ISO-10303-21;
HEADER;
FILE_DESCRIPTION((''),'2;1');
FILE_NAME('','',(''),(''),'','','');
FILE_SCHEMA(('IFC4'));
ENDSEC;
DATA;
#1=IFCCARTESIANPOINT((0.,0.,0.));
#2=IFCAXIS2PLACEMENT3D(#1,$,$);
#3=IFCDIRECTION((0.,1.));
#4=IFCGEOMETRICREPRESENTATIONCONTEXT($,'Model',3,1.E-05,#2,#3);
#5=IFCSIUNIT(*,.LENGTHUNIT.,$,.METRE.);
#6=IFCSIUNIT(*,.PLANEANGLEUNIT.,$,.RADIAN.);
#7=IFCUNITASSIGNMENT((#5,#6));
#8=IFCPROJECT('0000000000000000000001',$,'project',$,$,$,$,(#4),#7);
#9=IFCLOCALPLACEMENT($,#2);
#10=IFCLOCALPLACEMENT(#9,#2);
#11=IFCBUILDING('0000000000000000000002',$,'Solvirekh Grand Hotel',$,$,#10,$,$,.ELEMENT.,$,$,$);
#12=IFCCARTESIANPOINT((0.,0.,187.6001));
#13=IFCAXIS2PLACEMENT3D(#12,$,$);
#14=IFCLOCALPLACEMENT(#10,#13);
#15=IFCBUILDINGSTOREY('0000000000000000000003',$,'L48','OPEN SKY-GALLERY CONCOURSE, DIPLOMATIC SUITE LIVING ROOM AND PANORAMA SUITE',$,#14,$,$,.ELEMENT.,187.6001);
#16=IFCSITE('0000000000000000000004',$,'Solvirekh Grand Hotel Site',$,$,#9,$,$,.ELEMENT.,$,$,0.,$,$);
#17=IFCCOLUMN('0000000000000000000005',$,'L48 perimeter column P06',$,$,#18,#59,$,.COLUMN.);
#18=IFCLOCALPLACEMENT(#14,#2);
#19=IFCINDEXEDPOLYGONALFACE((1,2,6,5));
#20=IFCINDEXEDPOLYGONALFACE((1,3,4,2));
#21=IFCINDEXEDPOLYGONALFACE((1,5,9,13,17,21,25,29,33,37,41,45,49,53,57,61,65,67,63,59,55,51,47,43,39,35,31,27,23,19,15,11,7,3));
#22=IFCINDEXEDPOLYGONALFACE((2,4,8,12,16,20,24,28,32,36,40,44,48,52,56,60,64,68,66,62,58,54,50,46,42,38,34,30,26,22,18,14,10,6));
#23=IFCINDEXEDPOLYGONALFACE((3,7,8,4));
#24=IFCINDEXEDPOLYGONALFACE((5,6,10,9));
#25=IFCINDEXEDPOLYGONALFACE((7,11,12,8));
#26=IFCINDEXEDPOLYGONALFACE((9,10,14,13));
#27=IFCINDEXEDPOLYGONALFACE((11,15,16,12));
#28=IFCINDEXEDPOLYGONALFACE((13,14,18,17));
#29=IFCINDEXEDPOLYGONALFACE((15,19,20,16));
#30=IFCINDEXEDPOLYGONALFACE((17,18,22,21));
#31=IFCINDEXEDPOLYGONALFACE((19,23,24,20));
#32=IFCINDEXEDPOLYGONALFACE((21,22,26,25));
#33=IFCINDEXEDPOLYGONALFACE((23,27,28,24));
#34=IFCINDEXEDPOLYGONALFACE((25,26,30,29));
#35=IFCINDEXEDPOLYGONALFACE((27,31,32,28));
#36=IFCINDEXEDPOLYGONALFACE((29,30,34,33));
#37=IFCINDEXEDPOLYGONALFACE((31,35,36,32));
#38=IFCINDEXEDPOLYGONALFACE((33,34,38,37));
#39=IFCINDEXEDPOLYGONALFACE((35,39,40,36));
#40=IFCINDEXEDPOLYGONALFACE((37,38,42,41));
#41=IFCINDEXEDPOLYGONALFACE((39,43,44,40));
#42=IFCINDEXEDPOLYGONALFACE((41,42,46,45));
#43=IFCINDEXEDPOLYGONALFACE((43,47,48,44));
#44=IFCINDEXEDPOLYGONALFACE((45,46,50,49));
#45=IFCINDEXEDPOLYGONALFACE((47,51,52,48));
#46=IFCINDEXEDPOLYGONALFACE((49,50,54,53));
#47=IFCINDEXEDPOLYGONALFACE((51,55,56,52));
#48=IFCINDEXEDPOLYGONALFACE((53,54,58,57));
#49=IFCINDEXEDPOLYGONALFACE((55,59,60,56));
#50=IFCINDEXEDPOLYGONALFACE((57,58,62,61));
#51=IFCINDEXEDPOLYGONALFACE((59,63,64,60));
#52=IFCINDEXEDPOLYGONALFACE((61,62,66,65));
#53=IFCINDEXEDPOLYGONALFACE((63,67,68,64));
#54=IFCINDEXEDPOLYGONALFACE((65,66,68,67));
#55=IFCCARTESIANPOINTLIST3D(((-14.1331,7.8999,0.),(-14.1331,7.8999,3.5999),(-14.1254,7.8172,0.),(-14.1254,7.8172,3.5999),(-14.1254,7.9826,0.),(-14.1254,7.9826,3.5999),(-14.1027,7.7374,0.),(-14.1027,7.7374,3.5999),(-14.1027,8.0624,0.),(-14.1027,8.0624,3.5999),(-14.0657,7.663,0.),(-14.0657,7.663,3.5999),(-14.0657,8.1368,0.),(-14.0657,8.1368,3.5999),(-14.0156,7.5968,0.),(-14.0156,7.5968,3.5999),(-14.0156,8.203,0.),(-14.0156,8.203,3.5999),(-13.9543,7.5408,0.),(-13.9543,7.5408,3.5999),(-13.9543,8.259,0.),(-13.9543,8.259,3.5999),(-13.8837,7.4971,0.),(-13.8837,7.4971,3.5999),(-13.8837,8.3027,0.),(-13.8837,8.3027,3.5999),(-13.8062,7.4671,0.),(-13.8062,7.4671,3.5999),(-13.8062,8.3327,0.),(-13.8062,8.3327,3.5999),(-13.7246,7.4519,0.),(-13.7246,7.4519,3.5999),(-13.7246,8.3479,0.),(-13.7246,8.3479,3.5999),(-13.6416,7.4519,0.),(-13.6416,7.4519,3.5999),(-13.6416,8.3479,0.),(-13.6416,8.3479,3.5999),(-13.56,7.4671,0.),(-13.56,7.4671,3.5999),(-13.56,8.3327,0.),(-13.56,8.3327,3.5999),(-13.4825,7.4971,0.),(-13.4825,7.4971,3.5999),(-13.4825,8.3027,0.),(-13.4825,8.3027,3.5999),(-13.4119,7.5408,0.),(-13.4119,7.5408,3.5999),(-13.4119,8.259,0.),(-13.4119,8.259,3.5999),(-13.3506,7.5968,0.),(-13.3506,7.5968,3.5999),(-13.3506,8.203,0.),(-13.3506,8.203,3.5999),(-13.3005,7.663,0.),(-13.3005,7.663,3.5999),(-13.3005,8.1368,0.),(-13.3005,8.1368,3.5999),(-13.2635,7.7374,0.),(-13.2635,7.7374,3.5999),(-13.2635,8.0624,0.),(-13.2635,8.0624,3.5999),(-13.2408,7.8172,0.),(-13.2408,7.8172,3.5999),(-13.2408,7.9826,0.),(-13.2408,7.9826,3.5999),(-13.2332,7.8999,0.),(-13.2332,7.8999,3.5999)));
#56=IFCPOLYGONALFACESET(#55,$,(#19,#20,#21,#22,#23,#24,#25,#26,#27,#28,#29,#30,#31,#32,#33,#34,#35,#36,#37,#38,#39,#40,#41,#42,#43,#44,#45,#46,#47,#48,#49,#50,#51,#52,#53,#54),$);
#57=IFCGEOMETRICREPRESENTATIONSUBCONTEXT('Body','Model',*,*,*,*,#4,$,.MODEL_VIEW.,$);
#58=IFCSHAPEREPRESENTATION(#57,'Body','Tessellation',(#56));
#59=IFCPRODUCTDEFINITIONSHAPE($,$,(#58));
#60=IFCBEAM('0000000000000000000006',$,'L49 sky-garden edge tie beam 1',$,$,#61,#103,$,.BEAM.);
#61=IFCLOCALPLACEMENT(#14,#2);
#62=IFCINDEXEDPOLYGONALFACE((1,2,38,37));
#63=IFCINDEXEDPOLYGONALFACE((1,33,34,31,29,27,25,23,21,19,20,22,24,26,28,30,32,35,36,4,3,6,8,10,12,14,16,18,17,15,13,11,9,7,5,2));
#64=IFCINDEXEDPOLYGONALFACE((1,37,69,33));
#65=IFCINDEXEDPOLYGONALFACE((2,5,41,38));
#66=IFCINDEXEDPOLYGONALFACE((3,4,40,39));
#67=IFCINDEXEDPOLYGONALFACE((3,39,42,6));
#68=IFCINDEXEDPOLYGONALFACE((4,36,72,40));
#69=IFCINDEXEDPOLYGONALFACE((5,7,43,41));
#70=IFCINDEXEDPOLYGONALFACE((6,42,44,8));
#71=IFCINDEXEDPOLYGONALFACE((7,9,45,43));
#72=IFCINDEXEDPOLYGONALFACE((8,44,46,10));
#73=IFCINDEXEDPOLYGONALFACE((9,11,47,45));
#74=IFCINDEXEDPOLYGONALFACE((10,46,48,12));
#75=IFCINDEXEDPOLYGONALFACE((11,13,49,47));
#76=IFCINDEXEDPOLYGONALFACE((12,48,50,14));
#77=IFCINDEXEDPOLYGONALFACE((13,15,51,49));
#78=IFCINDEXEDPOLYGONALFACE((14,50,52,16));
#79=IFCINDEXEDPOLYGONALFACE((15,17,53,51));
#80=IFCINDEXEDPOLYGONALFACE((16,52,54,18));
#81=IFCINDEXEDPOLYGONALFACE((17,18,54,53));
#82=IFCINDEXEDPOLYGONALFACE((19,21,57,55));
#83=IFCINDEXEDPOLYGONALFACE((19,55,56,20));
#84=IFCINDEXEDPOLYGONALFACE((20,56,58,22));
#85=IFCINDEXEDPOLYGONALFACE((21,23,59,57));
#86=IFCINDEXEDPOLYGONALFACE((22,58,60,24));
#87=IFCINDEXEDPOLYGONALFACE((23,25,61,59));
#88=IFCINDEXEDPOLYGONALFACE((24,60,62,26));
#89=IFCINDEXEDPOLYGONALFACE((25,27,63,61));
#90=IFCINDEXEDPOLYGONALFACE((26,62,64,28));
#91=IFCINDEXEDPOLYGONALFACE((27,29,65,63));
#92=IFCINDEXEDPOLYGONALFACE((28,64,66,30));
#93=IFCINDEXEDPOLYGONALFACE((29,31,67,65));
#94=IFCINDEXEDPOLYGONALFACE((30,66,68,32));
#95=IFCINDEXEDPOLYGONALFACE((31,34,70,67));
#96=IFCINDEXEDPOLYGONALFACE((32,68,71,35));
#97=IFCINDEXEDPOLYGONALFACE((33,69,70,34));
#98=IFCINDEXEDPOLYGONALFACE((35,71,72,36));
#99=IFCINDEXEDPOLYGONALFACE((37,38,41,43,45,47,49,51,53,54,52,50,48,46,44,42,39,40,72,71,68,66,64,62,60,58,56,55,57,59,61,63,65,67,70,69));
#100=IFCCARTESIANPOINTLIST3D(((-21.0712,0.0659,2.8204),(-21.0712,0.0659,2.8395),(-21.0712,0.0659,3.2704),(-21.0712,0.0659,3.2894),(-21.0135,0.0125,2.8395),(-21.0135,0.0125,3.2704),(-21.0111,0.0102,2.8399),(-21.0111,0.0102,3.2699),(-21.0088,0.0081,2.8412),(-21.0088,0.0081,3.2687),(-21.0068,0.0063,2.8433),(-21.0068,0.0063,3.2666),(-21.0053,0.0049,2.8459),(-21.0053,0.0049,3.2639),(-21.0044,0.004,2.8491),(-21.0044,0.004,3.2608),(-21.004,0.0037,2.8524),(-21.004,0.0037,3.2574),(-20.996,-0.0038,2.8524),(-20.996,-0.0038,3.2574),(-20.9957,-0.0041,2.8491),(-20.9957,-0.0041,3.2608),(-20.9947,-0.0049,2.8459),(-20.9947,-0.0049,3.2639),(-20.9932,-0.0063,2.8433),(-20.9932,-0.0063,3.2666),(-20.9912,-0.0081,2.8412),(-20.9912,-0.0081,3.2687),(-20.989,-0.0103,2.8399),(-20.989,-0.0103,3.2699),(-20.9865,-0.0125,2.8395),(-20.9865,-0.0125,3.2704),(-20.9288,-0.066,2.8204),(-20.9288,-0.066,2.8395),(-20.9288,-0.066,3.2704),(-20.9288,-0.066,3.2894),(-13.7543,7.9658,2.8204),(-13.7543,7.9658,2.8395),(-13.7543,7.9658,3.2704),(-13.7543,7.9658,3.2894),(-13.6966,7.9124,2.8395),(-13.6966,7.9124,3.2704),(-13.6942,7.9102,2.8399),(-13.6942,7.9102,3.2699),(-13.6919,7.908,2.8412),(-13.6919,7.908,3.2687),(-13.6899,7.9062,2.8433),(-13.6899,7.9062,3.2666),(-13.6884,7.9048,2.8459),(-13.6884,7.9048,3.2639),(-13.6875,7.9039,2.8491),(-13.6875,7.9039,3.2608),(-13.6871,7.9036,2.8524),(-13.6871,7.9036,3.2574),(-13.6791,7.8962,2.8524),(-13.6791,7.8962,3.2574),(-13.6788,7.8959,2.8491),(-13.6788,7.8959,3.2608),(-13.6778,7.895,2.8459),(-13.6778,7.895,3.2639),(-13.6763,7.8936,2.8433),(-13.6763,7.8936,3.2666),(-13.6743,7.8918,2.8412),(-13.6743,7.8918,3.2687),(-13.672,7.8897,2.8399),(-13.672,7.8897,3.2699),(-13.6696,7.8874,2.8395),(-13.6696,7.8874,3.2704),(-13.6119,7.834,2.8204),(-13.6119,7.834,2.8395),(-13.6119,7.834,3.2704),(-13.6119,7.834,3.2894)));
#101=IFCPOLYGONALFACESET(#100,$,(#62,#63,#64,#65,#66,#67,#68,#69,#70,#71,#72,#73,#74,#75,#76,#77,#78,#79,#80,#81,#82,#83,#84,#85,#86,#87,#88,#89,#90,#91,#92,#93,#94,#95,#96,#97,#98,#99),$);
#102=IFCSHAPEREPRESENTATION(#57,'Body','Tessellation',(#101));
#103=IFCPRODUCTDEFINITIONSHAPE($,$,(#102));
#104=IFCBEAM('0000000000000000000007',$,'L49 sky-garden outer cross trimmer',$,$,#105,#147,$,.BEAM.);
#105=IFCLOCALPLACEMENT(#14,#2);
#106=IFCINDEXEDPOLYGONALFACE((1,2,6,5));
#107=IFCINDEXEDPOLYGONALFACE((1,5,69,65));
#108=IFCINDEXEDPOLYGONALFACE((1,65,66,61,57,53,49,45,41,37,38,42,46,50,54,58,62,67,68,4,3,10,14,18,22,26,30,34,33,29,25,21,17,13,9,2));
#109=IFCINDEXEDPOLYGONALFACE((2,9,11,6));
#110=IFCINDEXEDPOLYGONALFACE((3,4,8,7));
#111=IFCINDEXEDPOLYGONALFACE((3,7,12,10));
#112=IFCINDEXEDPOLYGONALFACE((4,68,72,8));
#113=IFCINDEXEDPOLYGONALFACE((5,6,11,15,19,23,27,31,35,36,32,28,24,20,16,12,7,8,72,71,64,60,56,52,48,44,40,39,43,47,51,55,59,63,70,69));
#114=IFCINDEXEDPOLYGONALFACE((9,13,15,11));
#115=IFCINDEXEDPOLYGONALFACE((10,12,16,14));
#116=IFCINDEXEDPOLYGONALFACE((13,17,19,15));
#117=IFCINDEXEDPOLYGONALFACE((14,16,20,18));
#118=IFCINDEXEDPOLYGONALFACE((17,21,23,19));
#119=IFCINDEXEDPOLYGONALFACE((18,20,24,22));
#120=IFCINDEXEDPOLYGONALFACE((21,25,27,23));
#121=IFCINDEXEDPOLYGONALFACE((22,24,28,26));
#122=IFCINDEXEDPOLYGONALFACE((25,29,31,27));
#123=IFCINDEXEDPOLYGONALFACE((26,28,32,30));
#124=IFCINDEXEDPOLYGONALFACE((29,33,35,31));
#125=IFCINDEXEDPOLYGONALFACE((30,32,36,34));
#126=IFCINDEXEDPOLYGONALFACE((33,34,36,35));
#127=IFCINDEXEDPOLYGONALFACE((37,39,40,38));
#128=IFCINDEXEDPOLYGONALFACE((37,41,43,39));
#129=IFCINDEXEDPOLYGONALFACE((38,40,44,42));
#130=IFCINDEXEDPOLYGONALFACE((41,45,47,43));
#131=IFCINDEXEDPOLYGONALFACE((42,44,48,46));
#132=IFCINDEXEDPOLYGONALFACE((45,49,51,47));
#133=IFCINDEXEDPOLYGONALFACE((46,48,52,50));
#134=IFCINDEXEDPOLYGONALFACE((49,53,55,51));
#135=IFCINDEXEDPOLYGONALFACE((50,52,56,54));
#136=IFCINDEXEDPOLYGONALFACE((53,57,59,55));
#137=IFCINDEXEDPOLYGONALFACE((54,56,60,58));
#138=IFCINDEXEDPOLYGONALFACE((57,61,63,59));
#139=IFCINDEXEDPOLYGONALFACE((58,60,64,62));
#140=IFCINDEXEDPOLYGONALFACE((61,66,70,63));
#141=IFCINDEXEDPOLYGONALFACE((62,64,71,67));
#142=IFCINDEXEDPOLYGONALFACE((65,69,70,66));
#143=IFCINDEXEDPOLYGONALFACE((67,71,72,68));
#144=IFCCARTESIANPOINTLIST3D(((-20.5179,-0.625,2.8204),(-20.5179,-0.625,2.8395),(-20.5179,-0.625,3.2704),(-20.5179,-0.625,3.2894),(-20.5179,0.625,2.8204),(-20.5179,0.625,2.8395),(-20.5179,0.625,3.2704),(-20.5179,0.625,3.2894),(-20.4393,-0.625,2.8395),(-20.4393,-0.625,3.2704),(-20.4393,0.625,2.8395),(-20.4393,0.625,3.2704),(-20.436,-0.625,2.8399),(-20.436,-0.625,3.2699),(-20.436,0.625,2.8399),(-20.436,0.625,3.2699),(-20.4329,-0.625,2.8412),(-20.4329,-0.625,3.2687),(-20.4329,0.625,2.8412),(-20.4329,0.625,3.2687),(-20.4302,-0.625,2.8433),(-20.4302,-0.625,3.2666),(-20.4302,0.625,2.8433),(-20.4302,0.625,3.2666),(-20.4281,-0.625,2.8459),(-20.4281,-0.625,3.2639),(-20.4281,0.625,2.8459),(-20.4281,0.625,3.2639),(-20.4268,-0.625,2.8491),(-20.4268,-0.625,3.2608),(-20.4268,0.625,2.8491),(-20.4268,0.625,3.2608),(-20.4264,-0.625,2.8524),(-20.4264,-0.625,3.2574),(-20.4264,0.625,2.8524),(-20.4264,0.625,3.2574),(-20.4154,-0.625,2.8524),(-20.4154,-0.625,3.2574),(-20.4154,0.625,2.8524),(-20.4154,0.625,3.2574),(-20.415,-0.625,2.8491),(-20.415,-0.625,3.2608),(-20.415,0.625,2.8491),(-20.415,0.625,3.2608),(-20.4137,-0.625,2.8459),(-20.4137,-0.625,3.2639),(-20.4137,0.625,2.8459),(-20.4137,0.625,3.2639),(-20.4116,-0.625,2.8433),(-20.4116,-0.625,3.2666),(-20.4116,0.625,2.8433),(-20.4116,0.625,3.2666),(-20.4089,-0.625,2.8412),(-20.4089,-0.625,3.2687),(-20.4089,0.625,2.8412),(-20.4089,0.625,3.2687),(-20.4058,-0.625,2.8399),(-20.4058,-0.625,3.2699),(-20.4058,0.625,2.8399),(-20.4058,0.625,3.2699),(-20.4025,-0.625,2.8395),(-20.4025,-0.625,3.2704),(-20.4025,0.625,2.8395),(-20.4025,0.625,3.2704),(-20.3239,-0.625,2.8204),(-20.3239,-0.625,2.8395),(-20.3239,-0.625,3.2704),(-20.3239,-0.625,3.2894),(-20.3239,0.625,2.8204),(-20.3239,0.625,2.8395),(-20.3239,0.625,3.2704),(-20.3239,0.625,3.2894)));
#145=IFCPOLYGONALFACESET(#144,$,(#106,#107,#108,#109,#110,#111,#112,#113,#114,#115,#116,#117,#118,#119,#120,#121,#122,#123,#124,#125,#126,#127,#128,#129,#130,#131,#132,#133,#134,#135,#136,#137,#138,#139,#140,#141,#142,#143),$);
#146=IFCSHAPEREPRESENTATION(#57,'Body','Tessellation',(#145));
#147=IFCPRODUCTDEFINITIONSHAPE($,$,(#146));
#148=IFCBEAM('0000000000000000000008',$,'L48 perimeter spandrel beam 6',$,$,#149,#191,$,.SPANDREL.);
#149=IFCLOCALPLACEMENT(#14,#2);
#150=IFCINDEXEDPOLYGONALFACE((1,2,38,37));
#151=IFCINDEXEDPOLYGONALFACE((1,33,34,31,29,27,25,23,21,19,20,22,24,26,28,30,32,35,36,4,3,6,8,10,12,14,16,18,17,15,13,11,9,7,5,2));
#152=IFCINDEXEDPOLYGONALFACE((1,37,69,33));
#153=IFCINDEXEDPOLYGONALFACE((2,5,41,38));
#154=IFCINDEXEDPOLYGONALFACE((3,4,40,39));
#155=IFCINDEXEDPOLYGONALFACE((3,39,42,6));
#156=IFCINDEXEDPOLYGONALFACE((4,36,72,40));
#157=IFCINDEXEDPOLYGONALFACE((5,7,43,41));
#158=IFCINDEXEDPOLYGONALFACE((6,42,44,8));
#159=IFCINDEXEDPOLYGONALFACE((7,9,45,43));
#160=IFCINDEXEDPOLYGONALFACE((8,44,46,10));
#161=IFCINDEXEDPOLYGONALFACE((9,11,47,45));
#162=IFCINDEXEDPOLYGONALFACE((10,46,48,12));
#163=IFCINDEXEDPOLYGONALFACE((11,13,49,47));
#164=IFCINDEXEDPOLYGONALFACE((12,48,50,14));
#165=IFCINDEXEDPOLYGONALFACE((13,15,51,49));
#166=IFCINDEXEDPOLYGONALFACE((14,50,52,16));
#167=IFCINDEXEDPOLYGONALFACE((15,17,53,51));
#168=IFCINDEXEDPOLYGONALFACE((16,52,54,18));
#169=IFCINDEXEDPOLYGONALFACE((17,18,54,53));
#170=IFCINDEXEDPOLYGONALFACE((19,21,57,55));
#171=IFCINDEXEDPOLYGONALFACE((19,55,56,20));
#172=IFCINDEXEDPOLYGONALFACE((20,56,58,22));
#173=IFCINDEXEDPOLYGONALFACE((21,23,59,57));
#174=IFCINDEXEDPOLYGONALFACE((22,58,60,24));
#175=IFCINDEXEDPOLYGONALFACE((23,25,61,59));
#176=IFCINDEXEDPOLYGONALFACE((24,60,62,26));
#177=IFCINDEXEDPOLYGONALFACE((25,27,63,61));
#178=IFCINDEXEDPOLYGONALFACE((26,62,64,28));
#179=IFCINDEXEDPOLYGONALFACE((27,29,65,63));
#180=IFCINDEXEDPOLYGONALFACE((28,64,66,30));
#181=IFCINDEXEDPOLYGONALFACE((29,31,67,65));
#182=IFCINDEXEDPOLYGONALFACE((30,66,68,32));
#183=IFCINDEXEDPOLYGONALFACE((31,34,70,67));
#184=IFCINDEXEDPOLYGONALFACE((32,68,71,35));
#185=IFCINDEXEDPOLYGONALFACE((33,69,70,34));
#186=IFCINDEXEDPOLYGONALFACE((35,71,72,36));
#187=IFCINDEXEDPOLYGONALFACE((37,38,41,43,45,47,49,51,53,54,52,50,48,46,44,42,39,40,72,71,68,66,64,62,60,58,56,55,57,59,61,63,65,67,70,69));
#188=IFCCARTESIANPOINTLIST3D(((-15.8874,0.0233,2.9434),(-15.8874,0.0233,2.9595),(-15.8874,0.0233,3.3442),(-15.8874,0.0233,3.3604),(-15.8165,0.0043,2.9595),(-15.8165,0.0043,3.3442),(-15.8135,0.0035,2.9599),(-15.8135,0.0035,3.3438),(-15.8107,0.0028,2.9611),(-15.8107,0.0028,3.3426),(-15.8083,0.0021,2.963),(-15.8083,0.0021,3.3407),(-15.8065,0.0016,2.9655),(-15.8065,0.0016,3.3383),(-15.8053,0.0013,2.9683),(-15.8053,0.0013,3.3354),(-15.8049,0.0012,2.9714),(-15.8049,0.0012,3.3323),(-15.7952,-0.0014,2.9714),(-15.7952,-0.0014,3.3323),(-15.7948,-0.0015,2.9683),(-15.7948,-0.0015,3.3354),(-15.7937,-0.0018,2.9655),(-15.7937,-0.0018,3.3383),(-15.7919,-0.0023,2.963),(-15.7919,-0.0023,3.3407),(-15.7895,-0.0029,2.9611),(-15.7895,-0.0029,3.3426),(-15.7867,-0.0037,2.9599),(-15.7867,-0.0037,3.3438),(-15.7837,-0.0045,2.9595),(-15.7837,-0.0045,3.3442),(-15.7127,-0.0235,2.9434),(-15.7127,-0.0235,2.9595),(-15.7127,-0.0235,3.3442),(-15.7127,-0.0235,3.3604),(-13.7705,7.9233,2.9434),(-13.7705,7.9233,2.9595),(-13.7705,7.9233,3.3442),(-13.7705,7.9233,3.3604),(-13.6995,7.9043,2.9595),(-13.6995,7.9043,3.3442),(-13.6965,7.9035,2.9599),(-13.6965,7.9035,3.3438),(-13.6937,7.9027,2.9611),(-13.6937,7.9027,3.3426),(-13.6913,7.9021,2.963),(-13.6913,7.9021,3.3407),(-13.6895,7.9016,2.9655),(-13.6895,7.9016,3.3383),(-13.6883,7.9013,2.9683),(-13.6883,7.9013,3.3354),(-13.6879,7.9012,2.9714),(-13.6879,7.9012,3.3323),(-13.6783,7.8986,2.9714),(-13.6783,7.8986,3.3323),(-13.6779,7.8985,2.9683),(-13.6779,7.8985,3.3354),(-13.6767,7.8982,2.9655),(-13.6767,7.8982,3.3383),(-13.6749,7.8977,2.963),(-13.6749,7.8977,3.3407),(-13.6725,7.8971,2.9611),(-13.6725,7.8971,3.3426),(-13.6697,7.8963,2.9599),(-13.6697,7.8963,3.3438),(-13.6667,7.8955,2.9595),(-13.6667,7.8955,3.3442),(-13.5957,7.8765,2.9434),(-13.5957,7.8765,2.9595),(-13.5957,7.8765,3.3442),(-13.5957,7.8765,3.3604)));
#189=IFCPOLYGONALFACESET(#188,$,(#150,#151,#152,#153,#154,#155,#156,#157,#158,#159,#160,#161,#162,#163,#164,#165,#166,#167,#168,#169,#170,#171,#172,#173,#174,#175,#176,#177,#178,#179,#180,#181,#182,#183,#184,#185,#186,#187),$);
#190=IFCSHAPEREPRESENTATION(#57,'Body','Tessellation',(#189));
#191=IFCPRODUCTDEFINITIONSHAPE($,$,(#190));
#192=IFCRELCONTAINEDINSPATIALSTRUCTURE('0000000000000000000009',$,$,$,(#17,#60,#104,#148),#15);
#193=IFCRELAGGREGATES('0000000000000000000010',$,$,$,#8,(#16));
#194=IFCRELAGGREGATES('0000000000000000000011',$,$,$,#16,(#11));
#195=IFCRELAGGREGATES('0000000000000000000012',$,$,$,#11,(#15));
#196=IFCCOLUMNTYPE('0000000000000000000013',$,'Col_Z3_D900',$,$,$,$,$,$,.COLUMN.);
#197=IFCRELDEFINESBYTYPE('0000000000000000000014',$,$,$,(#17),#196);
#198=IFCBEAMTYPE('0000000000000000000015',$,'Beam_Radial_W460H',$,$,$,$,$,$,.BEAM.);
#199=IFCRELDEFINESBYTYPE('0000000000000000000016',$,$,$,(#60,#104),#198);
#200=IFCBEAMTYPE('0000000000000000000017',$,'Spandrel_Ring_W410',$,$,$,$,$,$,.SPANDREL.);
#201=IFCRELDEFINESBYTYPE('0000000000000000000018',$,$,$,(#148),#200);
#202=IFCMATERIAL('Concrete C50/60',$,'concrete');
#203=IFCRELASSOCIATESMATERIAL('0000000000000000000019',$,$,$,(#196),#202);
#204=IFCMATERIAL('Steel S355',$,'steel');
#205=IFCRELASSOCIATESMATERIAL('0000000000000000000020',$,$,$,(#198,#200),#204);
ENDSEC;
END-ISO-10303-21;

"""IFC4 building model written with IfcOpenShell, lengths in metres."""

from ifc_helpers import new_model, si_unit, direction, frame, origin, origin_2d, place, context, subcontext, project, spatial, circle, i_section, extrude, material, material_profile, profile_set, type_object, element, save


model = new_model("IFC4")

# Units and contexts
model_context = context("Model", 3, precision=1e-05, world=origin(), true_north=direction((0.0, 1.0)))
body_context = subcontext(model_context, "Body", "Model", "MODEL_VIEW")
ifc_project = project(units=[si_unit("LENGTHUNIT", "METRE"), si_unit("PLANEANGLEUNIT", "RADIAN")], contexts=[model_context])

# Site, building, storey
site_placement = place(None, origin())
site = spatial("IfcSite", under=ifc_project, at=site_placement, Name="Solvirekh Grand Hotel Site", CompositionType="ELEMENT", RefElevation=0.0)
building_placement = place(site_placement, origin())
building = spatial("IfcBuilding", under=site, at=building_placement, Name="Solvirekh Grand Hotel", CompositionType="ELEMENT")
storey_placement = place(building_placement, frame((0.0, 0.0, 187.6001)))
storey = spatial("IfcBuildingStorey", under=building, at=storey_placement, Name="L48", Description="OPEN SKY-GALLERY CONCOURSE, DIPLOMATIC SUITE LIVING ROOM AND PANORAMA SUITE", CompositionType="ELEMENT", Elevation=187.6001)

# Column
ifc_material_1 = material(Name="Concrete C50/60", Category="concrete")
ifc_material_profile_1 = material_profile(ifc_material_1, circle(Radius=0.45, at=origin_2d()), Name="RC CIRC D900")
ifc_profile_set_1 = profile_set([ifc_material_profile_1], Name="Concrete C50/60")
column_type = type_object("IfcColumnType", Name="Col_Z3_D900", PredefinedType="COLUMN", material=ifc_profile_set_1)
column_placement = place(storey_placement, frame((-13.6831, 7.8999, 0.0), z_axis=(0.0, 0.0, 1.0), x_axis=(1.0, 0.0, 0.0)))
element("IfcColumn", 1, at=column_placement, inside=storey, type_object=column_type, Name="L48 perimeter column P06", PredefinedType="COLUMN", context=body_context, shape_type="SweptSolid", body=[
    extrude(circle(Radius=0.45, at=origin_2d()), origin(), (0.0, 0.0, 1.0), 3.5999),
])

# Beams
ifc_material_2 = material(Name="Steel S355", Category="steel")
ifc_material_profile_2 = material_profile(ifc_material_2, i_section(OverallWidth=0.1941, OverallDepth=0.469, WebThickness=0.011, FlangeThickness=0.019, FilletRadius=0.0129, at=origin_2d()), Name="W460X106")
ifc_profile_set_2 = profile_set([ifc_material_profile_2], Name="Steel S355")
beam_type_1 = type_object("IfcBeamType", Name="Beam_Radial_W460H", PredefinedType="BEAM", material=ifc_profile_set_2)
beam_1_placement = place(storey_placement, frame((-13.6831, 7.8999, 3.0549), z_axis=(-0.679517, -0.73366, 0.0), x_axis=(0.73366, -0.679517, 0.0)))
element("IfcBeam", 2, at=beam_1_placement, inside=storey, type_object=beam_type_1, Name="L49 sky-garden edge tie beam 1", PredefinedType="BEAM", context=body_context, shape_type="SweptSolid", body=[
    extrude(i_section(OverallWidth=0.1941, OverallDepth=0.469, WebThickness=0.011, FlangeThickness=0.019, FilletRadius=0.0129, at=origin_2d()), origin(), (0.0, 0.0, 1.0), 10.7678),
])
beam_2_placement = place(storey_placement, frame((-20.4209, 0.625, 3.0549), z_axis=(0.0, -1.0, 0.0), x_axis=(1.0, 0.0, 0.0)))
element("IfcBeam", 3, at=beam_2_placement, inside=storey, type_object=beam_type_1, Name="L49 sky-garden outer cross trimmer", PredefinedType="BEAM", context=body_context, shape_type="SweptSolid", body=[
    extrude(i_section(OverallWidth=0.1941, OverallDepth=0.469, WebThickness=0.011, FlangeThickness=0.019, FilletRadius=0.0129, at=origin_2d()), origin(), (0.0, 0.0, 1.0), 1.25),
])
ifc_material_profile_3 = material_profile(ifc_material_2, i_section(OverallWidth=0.1809, OverallDepth=0.417, WebThickness=0.01, FlangeThickness=0.0161, FilletRadius=0.012, at=origin_2d()), Name="W410X85")
ifc_profile_set_3 = profile_set([ifc_material_profile_3], Name="Steel S355")
beam_type_2 = type_object("IfcBeamType", Name="Spandrel_Ring_W410", PredefinedType="SPANDREL", material=ifc_profile_set_3)
beam_3_placement = place(storey_placement, frame((-13.6831, 7.8999, 3.1519), z_axis=(-0.258839, -0.965921, 0.0), x_axis=(0.965921, -0.258839, 0.0)))
element("IfcBeam", 4, at=beam_3_placement, inside=storey, type_object=beam_type_2, Name="L48 perimeter spandrel beam 6", PredefinedType="SPANDREL", context=body_context, shape_type="SweptSolid", body=[
    extrude(i_section(OverallWidth=0.1809, OverallDepth=0.417, WebThickness=0.01, FlangeThickness=0.0161, FilletRadius=0.012, at=origin_2d()), origin(), (0.0, 0.0, 1.0), 8.1787),
])

save(model, "model.ifc")
